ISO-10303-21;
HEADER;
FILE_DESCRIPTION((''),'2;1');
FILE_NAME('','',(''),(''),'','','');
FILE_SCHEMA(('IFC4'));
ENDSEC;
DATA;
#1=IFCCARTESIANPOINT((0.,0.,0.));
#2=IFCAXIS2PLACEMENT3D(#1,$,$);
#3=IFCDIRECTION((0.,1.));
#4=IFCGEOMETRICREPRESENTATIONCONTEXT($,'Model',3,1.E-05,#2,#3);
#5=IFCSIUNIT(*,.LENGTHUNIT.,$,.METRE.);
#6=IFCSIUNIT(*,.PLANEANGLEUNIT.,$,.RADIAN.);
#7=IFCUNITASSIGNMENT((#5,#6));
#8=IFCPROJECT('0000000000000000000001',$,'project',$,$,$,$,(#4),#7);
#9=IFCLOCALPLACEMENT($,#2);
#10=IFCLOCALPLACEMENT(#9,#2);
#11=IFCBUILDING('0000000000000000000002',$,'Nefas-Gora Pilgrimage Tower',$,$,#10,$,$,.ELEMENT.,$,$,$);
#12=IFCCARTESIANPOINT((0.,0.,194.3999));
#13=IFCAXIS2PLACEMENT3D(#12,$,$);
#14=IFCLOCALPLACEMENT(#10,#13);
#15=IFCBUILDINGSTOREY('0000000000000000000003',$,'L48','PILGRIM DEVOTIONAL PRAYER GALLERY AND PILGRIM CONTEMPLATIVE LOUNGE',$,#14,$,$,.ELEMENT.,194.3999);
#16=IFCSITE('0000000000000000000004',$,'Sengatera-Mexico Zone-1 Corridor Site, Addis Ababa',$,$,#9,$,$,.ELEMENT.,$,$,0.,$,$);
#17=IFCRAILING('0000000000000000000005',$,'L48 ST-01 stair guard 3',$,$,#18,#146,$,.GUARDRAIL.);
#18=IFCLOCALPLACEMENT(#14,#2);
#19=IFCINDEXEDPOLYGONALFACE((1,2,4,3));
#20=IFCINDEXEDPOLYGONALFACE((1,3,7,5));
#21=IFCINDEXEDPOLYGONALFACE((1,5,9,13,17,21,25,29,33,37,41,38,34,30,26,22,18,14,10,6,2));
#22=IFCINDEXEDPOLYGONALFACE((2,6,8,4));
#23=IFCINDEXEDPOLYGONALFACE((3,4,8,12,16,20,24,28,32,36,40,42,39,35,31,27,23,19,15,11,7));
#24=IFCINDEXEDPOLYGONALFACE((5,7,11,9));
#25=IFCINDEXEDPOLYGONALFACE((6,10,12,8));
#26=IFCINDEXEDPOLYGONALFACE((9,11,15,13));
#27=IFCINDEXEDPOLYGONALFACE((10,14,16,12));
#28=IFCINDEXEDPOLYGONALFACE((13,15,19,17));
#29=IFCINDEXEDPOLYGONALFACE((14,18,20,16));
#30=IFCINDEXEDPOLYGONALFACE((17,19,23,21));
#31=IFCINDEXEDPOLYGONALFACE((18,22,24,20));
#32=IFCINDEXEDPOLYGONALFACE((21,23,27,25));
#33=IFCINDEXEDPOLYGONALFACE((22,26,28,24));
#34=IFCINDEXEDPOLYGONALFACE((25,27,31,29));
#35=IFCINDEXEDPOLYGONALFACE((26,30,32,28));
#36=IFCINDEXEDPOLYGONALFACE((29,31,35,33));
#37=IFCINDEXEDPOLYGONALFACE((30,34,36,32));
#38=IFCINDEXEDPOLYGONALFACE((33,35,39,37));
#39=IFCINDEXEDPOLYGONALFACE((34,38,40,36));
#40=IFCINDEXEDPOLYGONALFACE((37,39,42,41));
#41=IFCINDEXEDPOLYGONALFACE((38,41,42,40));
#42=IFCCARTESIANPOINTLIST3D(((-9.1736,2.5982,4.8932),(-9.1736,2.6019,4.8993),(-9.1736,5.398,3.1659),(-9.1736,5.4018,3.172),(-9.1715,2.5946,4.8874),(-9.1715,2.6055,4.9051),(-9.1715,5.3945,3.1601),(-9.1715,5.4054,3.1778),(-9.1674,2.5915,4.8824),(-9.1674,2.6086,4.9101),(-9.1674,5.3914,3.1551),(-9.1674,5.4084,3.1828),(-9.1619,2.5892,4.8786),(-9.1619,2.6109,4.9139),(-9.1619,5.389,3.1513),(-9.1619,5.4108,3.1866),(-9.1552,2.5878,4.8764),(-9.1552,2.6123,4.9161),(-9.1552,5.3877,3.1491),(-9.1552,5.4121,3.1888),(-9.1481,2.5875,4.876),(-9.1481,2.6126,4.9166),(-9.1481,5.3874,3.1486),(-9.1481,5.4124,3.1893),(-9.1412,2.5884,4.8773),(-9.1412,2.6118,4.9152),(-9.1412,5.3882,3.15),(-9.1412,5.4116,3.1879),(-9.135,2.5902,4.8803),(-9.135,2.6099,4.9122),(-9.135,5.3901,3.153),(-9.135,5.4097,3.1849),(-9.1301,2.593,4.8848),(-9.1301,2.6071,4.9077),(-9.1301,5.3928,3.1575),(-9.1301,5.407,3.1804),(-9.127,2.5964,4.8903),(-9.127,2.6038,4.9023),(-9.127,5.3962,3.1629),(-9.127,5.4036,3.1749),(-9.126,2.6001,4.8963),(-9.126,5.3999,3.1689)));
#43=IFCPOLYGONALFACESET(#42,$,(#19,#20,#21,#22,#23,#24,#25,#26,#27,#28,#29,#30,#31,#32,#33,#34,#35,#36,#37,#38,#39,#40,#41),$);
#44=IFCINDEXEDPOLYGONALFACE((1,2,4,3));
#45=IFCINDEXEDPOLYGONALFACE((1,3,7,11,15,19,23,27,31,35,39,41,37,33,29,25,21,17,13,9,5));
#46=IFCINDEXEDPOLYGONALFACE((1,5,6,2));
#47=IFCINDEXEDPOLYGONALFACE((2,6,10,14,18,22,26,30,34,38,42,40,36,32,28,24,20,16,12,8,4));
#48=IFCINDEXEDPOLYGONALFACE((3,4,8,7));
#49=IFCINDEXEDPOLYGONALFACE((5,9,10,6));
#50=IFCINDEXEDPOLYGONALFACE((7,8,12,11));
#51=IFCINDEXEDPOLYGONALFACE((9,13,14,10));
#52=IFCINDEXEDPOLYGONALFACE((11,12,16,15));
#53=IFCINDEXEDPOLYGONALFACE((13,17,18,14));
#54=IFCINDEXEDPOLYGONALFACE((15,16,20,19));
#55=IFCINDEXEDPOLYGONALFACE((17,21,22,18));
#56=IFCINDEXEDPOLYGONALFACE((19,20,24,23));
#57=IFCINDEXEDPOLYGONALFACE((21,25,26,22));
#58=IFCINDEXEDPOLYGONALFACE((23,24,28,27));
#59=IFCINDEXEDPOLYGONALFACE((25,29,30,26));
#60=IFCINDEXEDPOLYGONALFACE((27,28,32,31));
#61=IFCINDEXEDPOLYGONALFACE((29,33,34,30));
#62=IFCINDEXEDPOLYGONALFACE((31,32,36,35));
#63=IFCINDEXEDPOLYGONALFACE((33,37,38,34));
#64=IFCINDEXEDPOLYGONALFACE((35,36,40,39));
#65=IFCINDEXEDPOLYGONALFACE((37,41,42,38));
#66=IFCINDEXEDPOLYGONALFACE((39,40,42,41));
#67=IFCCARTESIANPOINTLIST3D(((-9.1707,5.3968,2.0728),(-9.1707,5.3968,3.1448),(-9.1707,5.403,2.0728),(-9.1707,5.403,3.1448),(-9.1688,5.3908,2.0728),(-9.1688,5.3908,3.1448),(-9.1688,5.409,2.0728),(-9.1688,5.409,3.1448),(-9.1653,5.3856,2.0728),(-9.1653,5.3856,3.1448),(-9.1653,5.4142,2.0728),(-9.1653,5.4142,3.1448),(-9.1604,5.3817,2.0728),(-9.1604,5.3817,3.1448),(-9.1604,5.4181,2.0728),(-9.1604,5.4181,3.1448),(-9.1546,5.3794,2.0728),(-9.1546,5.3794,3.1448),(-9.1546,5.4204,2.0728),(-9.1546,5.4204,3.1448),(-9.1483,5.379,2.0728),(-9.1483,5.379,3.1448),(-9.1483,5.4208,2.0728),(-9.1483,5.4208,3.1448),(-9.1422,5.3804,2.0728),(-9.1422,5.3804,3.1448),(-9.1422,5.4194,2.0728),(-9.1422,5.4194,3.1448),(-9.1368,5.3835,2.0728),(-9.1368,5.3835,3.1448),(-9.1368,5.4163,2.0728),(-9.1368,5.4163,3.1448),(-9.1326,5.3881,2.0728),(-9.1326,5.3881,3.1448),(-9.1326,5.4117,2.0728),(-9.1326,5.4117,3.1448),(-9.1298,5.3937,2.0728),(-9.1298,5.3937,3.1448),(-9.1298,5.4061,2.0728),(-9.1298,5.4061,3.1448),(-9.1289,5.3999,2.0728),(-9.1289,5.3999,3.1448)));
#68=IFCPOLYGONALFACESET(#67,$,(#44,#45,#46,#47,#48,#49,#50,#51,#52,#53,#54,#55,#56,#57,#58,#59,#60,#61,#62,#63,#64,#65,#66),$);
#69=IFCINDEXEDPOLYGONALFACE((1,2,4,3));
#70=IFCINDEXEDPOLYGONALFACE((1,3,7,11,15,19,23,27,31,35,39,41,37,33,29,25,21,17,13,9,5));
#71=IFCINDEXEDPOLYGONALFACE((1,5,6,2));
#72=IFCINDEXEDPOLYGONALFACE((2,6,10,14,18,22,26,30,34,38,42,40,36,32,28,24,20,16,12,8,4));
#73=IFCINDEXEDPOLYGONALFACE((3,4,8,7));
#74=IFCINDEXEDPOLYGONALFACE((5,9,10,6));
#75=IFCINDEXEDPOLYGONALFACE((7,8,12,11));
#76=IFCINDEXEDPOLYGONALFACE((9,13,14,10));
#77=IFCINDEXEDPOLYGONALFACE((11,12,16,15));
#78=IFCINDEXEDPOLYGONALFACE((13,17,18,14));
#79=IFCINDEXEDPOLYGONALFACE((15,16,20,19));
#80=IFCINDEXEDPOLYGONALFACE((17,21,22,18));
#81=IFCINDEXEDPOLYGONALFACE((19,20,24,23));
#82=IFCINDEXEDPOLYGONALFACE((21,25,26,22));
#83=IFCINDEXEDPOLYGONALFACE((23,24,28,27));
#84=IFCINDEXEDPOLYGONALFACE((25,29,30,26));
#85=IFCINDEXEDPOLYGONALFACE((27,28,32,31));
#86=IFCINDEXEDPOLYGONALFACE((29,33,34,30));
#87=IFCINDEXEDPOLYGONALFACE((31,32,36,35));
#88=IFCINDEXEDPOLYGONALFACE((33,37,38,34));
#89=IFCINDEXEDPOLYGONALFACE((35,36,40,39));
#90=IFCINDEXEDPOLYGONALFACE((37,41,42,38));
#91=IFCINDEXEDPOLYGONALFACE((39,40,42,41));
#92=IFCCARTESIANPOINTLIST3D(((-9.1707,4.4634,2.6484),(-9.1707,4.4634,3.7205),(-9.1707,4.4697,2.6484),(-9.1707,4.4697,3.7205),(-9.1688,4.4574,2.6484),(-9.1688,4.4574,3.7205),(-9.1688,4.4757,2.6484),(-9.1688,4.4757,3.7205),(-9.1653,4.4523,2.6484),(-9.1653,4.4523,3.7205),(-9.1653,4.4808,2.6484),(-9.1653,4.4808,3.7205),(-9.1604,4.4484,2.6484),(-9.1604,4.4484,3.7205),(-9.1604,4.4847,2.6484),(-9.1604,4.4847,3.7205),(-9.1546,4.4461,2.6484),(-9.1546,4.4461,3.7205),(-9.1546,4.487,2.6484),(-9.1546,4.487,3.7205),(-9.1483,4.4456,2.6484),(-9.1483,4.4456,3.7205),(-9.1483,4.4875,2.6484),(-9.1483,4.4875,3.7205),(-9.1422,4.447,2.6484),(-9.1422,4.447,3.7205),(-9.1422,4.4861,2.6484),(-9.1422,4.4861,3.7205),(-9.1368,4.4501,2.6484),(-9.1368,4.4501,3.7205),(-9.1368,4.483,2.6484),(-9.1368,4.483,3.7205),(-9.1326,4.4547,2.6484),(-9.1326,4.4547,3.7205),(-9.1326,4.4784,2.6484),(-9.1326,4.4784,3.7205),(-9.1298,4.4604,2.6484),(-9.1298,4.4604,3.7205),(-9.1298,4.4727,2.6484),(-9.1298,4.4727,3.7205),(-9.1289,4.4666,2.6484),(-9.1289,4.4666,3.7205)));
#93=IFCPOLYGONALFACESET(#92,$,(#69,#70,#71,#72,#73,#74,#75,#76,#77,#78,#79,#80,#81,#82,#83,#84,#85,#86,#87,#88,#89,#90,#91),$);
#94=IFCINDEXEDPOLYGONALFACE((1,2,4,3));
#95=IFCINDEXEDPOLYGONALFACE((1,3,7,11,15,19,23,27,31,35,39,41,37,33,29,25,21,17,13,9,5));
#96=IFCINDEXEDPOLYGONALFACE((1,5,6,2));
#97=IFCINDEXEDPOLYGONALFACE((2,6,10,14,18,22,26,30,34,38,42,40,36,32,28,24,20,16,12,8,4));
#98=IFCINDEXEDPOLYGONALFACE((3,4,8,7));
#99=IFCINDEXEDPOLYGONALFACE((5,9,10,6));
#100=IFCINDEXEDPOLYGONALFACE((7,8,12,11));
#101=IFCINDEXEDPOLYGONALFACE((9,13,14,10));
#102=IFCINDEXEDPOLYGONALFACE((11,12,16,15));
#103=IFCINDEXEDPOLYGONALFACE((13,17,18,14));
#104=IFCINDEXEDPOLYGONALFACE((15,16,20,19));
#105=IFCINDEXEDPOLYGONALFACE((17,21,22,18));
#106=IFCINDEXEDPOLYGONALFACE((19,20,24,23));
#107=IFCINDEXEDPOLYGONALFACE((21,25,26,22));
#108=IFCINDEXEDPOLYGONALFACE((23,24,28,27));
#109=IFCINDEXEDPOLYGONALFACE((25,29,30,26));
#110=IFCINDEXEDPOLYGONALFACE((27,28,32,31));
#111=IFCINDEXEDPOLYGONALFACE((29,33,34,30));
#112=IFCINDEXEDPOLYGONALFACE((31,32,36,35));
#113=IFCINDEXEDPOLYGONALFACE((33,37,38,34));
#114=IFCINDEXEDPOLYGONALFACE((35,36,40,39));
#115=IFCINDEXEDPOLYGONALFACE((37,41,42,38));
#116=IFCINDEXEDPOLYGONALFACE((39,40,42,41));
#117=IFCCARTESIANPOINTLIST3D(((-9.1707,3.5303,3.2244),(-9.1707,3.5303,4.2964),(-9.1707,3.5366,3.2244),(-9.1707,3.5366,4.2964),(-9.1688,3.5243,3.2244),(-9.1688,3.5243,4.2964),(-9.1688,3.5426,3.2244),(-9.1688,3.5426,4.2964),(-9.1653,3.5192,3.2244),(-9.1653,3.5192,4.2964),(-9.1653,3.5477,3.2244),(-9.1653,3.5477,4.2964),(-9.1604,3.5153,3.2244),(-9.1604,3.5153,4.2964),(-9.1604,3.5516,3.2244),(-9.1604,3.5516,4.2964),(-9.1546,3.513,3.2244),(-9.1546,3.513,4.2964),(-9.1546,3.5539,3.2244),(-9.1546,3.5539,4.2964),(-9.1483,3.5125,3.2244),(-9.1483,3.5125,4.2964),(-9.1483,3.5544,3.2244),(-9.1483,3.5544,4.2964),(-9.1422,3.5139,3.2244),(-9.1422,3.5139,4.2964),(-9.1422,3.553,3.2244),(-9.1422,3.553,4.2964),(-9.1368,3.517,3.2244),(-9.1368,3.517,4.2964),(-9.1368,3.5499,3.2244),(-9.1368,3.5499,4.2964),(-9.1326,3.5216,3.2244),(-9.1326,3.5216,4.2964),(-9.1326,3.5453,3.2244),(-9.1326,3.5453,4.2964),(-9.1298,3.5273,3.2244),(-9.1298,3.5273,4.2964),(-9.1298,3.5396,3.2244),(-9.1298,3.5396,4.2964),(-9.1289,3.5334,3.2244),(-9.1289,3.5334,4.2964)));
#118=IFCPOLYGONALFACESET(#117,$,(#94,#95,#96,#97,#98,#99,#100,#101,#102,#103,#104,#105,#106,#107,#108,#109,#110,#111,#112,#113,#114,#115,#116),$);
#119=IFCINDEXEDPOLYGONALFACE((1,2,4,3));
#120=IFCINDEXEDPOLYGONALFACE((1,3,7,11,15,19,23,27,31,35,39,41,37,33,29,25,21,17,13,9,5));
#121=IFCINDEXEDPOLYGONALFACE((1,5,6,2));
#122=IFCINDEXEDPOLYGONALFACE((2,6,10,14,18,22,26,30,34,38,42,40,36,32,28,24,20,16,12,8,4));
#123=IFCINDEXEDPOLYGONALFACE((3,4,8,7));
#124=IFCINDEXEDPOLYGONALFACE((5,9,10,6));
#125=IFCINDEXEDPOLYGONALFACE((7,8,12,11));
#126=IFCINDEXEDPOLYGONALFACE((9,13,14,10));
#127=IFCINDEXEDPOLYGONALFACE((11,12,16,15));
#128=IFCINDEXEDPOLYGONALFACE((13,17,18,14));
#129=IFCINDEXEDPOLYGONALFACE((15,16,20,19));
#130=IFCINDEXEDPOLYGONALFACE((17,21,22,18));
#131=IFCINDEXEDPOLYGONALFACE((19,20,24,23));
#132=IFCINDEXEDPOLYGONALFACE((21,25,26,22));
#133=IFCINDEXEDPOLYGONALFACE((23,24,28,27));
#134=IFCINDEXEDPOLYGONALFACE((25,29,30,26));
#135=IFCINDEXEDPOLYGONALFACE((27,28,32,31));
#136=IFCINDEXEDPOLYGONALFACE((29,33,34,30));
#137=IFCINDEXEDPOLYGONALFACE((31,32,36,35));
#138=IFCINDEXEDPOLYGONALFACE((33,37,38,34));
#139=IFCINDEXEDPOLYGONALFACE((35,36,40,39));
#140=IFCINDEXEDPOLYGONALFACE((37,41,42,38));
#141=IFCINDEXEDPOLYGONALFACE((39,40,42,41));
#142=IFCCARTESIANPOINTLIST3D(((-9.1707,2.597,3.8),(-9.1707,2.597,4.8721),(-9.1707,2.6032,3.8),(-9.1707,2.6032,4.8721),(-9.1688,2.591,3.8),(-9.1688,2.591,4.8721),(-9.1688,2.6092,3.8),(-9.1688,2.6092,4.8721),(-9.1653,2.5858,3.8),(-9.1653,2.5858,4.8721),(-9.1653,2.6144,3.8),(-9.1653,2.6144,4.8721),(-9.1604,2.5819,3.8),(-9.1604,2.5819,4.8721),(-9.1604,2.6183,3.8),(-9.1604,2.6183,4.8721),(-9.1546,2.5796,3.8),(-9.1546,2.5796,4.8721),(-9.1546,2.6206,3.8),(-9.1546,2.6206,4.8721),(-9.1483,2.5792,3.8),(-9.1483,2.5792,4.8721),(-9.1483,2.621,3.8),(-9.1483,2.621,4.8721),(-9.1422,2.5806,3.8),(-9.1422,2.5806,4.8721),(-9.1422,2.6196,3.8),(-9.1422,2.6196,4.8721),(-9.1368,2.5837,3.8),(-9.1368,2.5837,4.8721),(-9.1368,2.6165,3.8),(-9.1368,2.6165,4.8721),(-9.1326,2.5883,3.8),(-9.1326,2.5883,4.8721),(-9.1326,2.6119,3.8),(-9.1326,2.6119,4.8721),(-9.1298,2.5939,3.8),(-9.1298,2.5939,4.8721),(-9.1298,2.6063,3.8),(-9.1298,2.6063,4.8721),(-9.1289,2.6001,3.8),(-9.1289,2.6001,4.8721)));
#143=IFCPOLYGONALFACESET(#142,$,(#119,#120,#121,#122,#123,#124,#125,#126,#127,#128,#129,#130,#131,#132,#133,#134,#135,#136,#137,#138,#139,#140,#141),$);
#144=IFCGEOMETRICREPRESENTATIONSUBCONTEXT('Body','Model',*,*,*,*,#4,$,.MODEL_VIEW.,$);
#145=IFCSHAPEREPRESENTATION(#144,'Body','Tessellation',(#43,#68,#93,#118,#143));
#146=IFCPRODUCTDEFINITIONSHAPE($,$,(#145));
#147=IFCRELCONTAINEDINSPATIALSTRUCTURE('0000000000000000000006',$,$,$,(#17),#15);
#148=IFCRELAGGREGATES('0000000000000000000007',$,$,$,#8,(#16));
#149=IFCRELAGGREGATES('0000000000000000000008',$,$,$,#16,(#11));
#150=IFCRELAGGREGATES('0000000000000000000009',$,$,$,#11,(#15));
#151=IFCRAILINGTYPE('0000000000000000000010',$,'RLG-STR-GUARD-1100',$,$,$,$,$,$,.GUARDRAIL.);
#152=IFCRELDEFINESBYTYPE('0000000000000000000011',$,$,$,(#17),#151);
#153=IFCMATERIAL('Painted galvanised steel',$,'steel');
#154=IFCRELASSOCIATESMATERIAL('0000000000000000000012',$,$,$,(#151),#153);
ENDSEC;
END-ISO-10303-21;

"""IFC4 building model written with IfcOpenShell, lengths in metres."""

from ifc_helpers import new_model, si_unit, direction, frame, origin, origin_2d, place, context, subcontext, project, spatial, circle, extrude, material, type_object, element, save


model = new_model("IFC4")

# Units and contexts
model_context = context("Model", 3, precision=1e-05, world=origin(), true_north=direction((0.0, 1.0)))
body_context = subcontext(model_context, "Body", "Model", "MODEL_VIEW")
ifc_project = project(units=[si_unit("LENGTHUNIT", "METRE"), si_unit("PLANEANGLEUNIT", "RADIAN")], contexts=[model_context])

# Site, building, storey
site_placement = place(None, origin())
site = spatial("IfcSite", under=ifc_project, at=site_placement, Name="Sengatera-Mexico Zone-1 Corridor Site, Addis Ababa", CompositionType="ELEMENT", RefElevation=0.0)
building_placement = place(site_placement, origin())
building = spatial("IfcBuilding", under=site, at=building_placement, Name="Nefas-Gora Pilgrimage Tower", CompositionType="ELEMENT")
storey_placement = place(building_placement, frame((0.0, 0.0, 194.3999)))
storey = spatial("IfcBuildingStorey", under=building, at=storey_placement, Name="L48", Description="PILGRIM DEVOTIONAL PRAYER GALLERY AND PILGRIM CONTEMPLATIVE LOUNGE", CompositionType="ELEMENT", Elevation=194.3999)

# Railing
ifc_material_1 = material(Name="Painted galvanised steel", Category="steel")
railing_type_1 = type_object("IfcRailingType", Name="RLG-STR-GUARD-1100", PredefinedType="GUARDRAIL", material=ifc_material_1)
railing_1_placement = place(storey_placement, frame((-9.1499, 5.3999, 2.0728)))
element("IfcRailing", 1, at=railing_1_placement, inside=storey, type_object=railing_type_1, Name="L48 ST-01 stair guard 3", PredefinedType="GUARDRAIL", context=body_context, shape_type="SweptSolid", body=[
    extrude(circle(Radius=0.0239, at=origin_2d()), frame((0.0, 0.0, 1.0962), z_axis=(0.0, -0.851069, 0.525054), x_axis=(1.0, 0.0, 0.0)), (0.0, 0.0, 1.0), 3.2898),
    extrude(circle(Radius=0.021, at=origin_2d()), origin(), (0.0, 0.0, 1.0), 1.072),
    extrude(circle(Radius=0.021, at=origin_2d()), frame((0.0, -0.9333, 0.5757)), (0.0, 0.0, 1.0), 1.072),
    extrude(circle(Radius=0.021, at=origin_2d()), frame((0.0, -1.8665, 1.1516)), (0.0, 0.0, 1.0), 1.072),
    extrude(circle(Radius=0.021, at=origin_2d()), frame((0.0, -2.7998, 1.7273)), (0.0, 0.0, 1.0), 1.072),
])

save(model, "model.ifc")
